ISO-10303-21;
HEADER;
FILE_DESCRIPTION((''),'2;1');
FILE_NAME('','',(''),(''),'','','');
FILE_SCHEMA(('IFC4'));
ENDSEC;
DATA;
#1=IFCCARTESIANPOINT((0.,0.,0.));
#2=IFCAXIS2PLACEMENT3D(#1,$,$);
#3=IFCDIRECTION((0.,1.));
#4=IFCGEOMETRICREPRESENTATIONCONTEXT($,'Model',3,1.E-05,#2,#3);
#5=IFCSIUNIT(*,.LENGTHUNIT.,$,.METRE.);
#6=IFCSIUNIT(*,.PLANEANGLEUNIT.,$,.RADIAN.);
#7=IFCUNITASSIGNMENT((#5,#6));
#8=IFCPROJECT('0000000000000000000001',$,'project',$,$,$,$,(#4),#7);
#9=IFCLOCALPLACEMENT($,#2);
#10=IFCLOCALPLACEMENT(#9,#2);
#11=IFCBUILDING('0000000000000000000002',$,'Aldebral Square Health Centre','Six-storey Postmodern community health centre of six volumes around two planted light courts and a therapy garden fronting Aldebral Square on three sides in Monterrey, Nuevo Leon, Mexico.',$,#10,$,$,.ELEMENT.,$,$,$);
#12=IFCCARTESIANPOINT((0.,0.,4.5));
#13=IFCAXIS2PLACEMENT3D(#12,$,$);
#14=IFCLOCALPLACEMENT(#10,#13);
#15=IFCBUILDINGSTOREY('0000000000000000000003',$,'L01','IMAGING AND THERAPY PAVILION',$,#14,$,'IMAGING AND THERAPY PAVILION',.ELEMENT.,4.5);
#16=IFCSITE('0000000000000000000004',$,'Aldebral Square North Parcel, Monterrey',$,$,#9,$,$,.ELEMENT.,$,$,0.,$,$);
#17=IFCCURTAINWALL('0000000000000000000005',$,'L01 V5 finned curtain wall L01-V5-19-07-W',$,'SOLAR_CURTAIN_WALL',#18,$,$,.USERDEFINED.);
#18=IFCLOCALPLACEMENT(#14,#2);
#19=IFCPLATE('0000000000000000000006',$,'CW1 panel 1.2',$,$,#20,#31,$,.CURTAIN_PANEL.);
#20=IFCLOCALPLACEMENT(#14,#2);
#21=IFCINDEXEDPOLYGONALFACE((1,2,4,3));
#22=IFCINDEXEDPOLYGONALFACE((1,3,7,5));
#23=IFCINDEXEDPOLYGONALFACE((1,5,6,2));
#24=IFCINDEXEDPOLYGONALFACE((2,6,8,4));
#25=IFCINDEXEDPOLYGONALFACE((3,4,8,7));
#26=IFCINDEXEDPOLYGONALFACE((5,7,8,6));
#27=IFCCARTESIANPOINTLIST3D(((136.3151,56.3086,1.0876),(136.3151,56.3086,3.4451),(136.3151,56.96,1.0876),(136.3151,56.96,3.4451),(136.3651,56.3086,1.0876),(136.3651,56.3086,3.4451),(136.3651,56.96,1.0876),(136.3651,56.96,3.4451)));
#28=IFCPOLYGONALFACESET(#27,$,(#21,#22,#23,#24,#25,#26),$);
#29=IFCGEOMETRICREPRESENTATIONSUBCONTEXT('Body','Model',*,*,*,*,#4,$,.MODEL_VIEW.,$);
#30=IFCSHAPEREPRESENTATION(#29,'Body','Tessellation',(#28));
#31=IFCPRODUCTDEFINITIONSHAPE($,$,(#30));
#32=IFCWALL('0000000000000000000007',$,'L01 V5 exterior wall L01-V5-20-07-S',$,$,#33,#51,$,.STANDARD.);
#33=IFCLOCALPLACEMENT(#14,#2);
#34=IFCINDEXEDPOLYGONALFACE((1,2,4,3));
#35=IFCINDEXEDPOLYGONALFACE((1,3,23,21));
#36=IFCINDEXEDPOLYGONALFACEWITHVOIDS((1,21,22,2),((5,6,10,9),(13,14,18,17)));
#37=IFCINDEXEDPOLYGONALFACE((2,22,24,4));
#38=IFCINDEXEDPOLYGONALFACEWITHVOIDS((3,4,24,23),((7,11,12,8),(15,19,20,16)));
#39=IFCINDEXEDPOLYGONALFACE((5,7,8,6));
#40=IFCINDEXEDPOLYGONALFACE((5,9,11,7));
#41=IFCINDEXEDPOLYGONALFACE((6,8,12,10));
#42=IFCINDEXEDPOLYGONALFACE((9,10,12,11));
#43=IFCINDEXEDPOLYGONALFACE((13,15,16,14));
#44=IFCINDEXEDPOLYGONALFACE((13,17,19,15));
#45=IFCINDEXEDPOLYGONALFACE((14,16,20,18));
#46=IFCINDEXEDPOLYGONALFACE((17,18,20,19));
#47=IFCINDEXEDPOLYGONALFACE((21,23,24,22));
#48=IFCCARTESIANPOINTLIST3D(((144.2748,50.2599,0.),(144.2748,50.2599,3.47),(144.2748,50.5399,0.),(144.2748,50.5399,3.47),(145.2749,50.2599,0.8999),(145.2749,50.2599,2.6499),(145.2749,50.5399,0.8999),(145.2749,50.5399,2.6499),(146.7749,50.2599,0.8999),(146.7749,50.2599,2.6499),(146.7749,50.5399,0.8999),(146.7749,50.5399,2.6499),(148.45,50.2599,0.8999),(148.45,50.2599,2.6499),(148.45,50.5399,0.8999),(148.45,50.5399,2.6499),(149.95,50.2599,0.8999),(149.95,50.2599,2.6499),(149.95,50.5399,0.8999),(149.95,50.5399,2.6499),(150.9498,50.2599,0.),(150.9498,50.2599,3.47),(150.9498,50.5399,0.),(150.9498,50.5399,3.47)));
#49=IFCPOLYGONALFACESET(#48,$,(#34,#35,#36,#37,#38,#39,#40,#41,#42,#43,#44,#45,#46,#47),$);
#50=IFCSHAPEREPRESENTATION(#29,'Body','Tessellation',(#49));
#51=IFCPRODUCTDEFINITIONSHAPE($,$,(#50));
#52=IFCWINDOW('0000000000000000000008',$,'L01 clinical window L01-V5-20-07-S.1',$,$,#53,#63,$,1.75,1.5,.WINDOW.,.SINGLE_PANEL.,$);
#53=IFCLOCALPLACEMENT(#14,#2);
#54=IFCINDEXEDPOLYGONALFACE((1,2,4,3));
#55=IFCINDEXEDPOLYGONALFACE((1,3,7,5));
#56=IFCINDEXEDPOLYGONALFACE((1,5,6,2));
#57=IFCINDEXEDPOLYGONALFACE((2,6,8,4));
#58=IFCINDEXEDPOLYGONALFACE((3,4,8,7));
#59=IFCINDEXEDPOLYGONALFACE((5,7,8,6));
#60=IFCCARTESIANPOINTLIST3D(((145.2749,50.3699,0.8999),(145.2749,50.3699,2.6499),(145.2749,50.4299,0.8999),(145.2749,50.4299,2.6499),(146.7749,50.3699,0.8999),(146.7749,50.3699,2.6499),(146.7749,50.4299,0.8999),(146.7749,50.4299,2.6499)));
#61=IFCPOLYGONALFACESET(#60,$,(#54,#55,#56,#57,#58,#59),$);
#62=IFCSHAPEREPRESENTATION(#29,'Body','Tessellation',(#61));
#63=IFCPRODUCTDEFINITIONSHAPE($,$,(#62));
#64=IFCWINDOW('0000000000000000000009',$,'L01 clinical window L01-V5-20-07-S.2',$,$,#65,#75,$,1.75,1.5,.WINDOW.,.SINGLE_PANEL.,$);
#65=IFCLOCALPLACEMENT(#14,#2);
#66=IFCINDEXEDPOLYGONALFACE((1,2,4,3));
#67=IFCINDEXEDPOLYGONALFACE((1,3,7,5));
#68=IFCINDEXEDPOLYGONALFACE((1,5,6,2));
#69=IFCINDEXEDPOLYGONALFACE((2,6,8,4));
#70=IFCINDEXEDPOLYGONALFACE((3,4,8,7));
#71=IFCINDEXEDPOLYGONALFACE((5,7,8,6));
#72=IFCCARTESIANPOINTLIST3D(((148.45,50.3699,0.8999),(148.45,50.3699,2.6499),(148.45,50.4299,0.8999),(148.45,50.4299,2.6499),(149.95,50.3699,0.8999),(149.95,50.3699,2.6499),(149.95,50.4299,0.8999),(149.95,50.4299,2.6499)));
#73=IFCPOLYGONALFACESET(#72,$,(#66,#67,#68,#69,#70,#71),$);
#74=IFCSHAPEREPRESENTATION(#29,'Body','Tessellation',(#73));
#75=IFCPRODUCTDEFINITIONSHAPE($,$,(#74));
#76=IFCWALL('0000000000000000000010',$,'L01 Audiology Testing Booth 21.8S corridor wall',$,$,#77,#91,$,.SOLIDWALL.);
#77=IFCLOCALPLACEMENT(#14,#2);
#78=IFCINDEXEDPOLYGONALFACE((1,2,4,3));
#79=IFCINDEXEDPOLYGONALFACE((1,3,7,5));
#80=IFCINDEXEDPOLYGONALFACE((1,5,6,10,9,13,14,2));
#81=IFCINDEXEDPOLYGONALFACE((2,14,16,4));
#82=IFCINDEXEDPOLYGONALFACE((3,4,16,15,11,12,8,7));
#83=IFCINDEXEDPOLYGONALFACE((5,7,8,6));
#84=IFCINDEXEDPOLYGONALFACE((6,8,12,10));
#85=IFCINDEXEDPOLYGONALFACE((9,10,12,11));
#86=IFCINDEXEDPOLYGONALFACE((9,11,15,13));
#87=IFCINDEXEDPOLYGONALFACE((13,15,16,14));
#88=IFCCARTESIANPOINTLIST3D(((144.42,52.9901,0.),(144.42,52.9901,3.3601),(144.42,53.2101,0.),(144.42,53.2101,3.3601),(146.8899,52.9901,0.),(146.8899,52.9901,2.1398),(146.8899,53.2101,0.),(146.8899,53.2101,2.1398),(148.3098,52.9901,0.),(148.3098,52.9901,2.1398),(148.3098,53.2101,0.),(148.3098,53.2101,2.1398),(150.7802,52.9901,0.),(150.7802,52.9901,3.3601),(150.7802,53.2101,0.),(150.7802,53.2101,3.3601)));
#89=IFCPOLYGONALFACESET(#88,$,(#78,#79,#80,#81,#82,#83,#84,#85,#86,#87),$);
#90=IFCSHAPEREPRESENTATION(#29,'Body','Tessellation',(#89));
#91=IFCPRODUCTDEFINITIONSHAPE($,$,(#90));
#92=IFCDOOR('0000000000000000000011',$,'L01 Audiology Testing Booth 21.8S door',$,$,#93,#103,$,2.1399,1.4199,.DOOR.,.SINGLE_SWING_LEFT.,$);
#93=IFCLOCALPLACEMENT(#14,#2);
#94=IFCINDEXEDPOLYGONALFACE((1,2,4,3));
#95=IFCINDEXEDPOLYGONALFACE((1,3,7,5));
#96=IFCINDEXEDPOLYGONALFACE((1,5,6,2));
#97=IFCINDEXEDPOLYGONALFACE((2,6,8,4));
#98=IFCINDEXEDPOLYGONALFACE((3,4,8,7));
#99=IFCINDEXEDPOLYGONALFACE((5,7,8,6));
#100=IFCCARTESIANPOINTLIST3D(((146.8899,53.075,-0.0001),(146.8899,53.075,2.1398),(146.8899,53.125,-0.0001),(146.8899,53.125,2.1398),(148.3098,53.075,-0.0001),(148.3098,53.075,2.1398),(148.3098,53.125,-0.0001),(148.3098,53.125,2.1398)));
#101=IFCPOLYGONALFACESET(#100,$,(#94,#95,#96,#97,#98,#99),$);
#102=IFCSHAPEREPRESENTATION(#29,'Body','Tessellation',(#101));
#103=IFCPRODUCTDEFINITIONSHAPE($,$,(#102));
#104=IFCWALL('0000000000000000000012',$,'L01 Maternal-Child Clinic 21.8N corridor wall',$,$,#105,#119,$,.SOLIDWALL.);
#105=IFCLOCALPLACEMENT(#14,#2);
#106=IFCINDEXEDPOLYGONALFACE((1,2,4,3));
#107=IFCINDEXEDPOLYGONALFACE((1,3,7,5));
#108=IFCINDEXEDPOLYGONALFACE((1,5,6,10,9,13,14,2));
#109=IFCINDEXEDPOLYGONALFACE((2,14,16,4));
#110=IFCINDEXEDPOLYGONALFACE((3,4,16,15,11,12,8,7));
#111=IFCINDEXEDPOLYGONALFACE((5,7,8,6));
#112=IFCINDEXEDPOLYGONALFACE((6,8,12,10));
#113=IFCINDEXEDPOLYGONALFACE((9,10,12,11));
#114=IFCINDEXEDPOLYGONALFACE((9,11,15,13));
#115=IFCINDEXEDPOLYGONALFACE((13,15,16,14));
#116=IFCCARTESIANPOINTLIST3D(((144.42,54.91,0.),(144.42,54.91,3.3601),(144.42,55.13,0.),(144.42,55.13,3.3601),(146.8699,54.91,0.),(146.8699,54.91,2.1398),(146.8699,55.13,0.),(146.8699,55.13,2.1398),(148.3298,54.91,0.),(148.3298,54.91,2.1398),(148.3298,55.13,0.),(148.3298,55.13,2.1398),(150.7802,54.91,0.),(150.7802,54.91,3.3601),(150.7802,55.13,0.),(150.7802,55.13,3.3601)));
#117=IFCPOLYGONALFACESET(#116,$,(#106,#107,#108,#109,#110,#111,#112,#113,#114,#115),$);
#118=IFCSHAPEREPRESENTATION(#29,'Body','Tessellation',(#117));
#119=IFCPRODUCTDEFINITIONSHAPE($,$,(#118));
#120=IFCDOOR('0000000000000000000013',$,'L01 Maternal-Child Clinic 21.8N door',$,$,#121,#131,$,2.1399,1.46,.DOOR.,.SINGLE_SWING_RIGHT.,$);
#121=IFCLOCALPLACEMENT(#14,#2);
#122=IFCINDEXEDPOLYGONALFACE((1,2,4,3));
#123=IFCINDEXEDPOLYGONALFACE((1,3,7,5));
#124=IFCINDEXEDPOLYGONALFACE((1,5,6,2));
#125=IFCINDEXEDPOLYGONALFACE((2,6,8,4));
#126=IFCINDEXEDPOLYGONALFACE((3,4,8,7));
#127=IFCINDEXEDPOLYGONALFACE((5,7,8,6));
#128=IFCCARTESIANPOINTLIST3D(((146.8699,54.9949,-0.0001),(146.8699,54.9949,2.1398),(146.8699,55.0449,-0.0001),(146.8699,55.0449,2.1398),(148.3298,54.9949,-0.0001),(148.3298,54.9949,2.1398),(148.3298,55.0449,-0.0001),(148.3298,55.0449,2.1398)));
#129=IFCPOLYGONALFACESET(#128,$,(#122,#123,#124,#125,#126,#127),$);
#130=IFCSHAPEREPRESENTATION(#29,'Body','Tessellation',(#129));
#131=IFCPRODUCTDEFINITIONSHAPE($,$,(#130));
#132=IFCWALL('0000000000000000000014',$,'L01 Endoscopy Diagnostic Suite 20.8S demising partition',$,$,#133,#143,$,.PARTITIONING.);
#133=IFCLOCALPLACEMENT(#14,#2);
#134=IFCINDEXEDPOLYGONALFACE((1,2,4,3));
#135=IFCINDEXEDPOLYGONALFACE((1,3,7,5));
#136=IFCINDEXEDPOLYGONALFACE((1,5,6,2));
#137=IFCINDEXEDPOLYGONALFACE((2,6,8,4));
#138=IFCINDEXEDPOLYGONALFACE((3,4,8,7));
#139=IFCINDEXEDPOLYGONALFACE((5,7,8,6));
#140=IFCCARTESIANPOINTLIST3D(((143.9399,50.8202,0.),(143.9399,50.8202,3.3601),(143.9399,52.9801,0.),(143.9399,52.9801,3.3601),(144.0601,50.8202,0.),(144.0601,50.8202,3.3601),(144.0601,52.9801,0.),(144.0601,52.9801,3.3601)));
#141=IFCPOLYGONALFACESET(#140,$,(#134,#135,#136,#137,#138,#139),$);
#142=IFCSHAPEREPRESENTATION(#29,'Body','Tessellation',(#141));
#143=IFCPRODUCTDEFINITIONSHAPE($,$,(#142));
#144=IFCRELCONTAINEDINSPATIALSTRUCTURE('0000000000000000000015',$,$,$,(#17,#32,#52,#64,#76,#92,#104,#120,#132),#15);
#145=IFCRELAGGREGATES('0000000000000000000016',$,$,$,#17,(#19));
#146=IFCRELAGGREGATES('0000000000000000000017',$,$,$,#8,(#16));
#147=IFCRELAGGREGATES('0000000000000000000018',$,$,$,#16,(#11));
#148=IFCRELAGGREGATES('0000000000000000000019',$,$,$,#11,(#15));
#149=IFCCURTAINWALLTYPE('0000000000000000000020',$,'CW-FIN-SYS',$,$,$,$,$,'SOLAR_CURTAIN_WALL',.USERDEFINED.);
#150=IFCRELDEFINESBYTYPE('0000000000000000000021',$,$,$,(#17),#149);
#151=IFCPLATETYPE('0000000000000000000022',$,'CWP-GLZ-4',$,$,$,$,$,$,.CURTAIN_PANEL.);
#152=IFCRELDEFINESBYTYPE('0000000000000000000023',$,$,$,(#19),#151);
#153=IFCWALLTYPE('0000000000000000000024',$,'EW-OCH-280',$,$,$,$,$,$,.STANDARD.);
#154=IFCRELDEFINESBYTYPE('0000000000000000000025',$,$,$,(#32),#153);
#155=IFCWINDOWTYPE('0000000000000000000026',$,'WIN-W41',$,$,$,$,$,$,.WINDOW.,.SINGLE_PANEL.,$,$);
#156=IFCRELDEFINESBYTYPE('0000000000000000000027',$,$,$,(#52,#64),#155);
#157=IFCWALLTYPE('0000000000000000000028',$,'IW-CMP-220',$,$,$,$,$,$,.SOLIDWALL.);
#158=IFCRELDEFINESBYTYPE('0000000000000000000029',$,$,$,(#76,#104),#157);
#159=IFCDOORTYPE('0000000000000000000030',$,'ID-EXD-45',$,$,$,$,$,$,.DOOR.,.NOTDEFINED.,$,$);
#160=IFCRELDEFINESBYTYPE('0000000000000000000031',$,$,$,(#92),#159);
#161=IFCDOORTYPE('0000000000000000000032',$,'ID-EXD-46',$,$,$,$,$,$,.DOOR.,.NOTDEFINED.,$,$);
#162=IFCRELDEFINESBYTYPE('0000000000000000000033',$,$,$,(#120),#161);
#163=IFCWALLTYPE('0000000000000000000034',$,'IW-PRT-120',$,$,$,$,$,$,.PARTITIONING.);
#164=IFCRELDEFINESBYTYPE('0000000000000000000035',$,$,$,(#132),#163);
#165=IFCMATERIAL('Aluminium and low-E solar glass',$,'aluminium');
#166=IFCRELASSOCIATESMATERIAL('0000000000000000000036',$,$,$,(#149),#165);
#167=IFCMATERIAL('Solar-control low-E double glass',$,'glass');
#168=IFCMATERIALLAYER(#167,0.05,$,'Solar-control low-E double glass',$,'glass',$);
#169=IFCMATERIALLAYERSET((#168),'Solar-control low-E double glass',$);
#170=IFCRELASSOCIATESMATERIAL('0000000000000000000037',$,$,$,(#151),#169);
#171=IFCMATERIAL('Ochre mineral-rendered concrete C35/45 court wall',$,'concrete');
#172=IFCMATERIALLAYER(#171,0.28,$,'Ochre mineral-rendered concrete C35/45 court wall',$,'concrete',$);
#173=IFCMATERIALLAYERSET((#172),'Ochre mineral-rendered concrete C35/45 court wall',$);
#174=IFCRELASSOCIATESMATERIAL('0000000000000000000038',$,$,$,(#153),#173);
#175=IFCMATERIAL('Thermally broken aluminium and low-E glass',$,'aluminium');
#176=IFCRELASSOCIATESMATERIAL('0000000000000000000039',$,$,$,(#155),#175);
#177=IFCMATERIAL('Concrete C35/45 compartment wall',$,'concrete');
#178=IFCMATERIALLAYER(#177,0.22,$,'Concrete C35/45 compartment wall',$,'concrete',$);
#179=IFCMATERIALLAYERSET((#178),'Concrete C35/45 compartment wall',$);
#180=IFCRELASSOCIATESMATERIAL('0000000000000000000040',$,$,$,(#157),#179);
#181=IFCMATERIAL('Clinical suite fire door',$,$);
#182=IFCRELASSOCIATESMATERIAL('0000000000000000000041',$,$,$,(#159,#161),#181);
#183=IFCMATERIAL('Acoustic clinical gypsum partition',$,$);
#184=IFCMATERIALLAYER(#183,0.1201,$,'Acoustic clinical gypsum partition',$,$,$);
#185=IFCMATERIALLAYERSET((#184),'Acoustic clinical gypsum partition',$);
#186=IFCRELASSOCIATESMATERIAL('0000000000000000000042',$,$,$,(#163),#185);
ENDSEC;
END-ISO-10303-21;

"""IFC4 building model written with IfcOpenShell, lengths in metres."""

from ifc_helpers import new_model, si_unit, direction, frame, frame_2d, origin, origin_2d, place, context, subcontext, project, spatial, rectangle, extrude, material, layer, layer_set, type_object, element, fill, aggregate, save


model = new_model("IFC4")

# Units and contexts
model_context = context("Model", 3, precision=1e-05, world=origin(), true_north=direction((0.0, 1.0)))
body_context = subcontext(model_context, "Body", "Model", "MODEL_VIEW")
ifc_project = project(units=[si_unit("LENGTHUNIT", "METRE"), si_unit("PLANEANGLEUNIT", "RADIAN")], contexts=[model_context])

# Site, building, storey
site_placement = place(None, origin())
site = spatial("IfcSite", under=ifc_project, at=site_placement, Name="Aldebral Square North Parcel, Monterrey", CompositionType="ELEMENT", RefElevation=0.0)
building_placement = place(site_placement, origin())
building = spatial("IfcBuilding", under=site, at=building_placement, Name="Aldebral Square Health Centre", Description="Six-storey Postmodern community health centre of six volumes around two planted light courts and a therapy garden fronting Aldebral Square on three sides in Monterrey, Nuevo Leon, Mexico.", CompositionType="ELEMENT")
storey_placement = place(building_placement, frame((0.0, 0.0, 4.5)))
storey = spatial("IfcBuildingStorey", under=building, at=storey_placement, Name="L01", Description="IMAGING AND THERAPY PAVILION", LongName="IMAGING AND THERAPY PAVILION", CompositionType="ELEMENT", Elevation=4.5)

# Curtain wall, plate
ifc_material_1 = material(Name="Aluminium and low-E solar glass", Category="aluminium")
curtain_wall_type = type_object("IfcCurtainWallType", Name="CW-FIN-SYS", ElementType="SOLAR_CURTAIN_WALL", PredefinedType="USERDEFINED", material=ifc_material_1)
curtain_wall_placement = place(storey_placement, origin())
curtain_wall = element("IfcCurtainWall", 1, at=curtain_wall_placement, inside=storey, type_object=curtain_wall_type, Name="L01 V5 finned curtain wall L01-V5-19-07-W", ObjectType="SOLAR_CURTAIN_WALL", PredefinedType="USERDEFINED")
ifc_material_2 = material(Name="Solar-control low-E double glass", Category="glass")
ifc_layer_1 = layer(ifc_material_2, 0.05, Name="Solar-control low-E double glass", Category="glass")
ifc_layer_set_1 = layer_set([ifc_layer_1], Name="Solar-control low-E double glass")
plate_type = type_object("IfcPlateType", Name="CWP-GLZ-4", PredefinedType="CURTAIN_PANEL", material=ifc_layer_set_1)
plate_1_placement = place(storey_placement, frame((136.3401, 56.6343, 1.0876), z_axis=(0.0, 0.0, 1.0), x_axis=(0.0, -1.0, 0.0)))
plate_1 = element("IfcPlate", 2, at=plate_1_placement, type_object=plate_type, Name="CW1 panel 1.2", PredefinedType="CURTAIN_PANEL", context=body_context, shape_type="SweptSolid", body=[
    extrude(rectangle(XDim=0.6514, YDim=0.05, at=origin_2d()), origin(), (0.0, 0.0, 1.0), 2.3574),
])
aggregate(curtain_wall, [plate_1])

# Wall, openings, windows
ifc_material_3 = material(Name="Ochre mineral-rendered concrete C35/45 court wall", Category="concrete")
ifc_layer_2 = layer(ifc_material_3, 0.28, Name="Ochre mineral-rendered concrete C35/45 court wall", Category="concrete")
ifc_layer_set_2 = layer_set([ifc_layer_2], Name="Ochre mineral-rendered concrete C35/45 court wall")
wall_type_1 = type_object("IfcWallType", Name="EW-OCH-280", PredefinedType="STANDARD", material=ifc_layer_set_2)
wall_1_placement = place(storey_placement, frame((144.2749, 50.3999, 0.0), z_axis=(0.0, 0.0, 1.0), x_axis=(1.0, 0.0, 0.0)))
wall_1 = element("IfcWall", 3, at=wall_1_placement, inside=storey, type_object=wall_type_1, Name="L01 V5 exterior wall L01-V5-20-07-S", PredefinedType="STANDARD", context=body_context, shape_type="SweptSolid", body=[
    extrude(rectangle(XDim=6.675, YDim=0.28, at=frame_2d((3.3374, 0.0))), origin(), (0.0, 0.0, 1.0), 3.47),
])
opening_1_placement = place(wall_1_placement, frame((1.0, 0.0, 0.8999)))
opening_1 = element("IfcOpeningElement", 4, at=opening_1_placement, cuts=wall_1, PredefinedType="OPENING", context=body_context, shape_type="SweptSolid", body=[
    extrude(rectangle(XDim=1.5, YDim=1.75, at=frame_2d((0.75, 0.875))), frame((0.0, 0.1499, 0.0), z_axis=(0.0, -1.0, 0.0), x_axis=(1.0, 0.0, 0.0)), (0.0, 0.0, 1.0), 0.3),
])
opening_2_placement = place(wall_1_placement, frame((4.175, 0.0, 0.8999)))
opening_2 = element("IfcOpeningElement", 5, at=opening_2_placement, cuts=wall_1, PredefinedType="OPENING", context=body_context, shape_type="SweptSolid", body=[
    extrude(rectangle(XDim=1.5, YDim=1.75, at=frame_2d((0.75, 0.875))), frame((0.0, 0.1499, 0.0), z_axis=(0.0, -1.0, 0.0), x_axis=(1.0, 0.0, 0.0)), (0.0, 0.0, 1.0), 0.3),
])
ifc_material_4 = material(Name="Thermally broken aluminium and low-E glass", Category="aluminium")
window_type = type_object("IfcWindowType", Name="WIN-W41", PartitioningType="SINGLE_PANEL", PredefinedType="WINDOW", material=ifc_material_4)
window_1_placement = place(opening_1_placement, origin())
window_1 = element("IfcWindow", 6, at=window_1_placement, inside=storey, type_object=window_type, Name="L01 clinical window L01-V5-20-07-S.1", OverallHeight=1.75, OverallWidth=1.5, PartitioningType="SINGLE_PANEL", PredefinedType="WINDOW", context=body_context, shape_type="SweptSolid", body=[
    extrude(rectangle(XDim=1.5, YDim=1.75, at=frame_2d((0.75, 0.875))), frame((0.0, 0.03, 0.0), z_axis=(0.0, -1.0, 0.0), x_axis=(1.0, 0.0, 0.0)), (0.0, 0.0, 1.0), 0.0601),
])
fill(opening_1, window_1)
window_2_placement = place(opening_2_placement, origin())
window_2 = element("IfcWindow", 7, at=window_2_placement, inside=storey, type_object=window_type, Name="L01 clinical window L01-V5-20-07-S.2", OverallHeight=1.75, OverallWidth=1.5, PartitioningType="SINGLE_PANEL", PredefinedType="WINDOW", context=body_context, shape_type="SweptSolid", body=[
    extrude(rectangle(XDim=1.5, YDim=1.75, at=frame_2d((0.75, 0.875))), frame((0.0, 0.03, 0.0), z_axis=(0.0, -1.0, 0.0), x_axis=(1.0, 0.0, 0.0)), (0.0, 0.0, 1.0), 0.0601),
])
fill(opening_2, window_2)

# Walls, openings, doors
ifc_material_5 = material(Name="Concrete C35/45 compartment wall", Category="concrete")
ifc_layer_3 = layer(ifc_material_5, 0.22, Name="Concrete C35/45 compartment wall", Category="concrete")
ifc_layer_set_3 = layer_set([ifc_layer_3], Name="Concrete C35/45 compartment wall")
wall_type_2 = type_object("IfcWallType", Name="IW-CMP-220", PredefinedType="SOLIDWALL", material=ifc_layer_set_3)
wall_2_placement = place(storey_placement, frame((144.4199, 53.1001, 0.0), z_axis=(0.0, 0.0, 1.0), x_axis=(1.0, 0.0, 0.0)))
wall_2 = element("IfcWall", 8, at=wall_2_placement, inside=storey, type_object=wall_type_2, Name="L01 Audiology Testing Booth 21.8S corridor wall", PredefinedType="SOLIDWALL", context=body_context, shape_type="SweptSolid", body=[
    extrude(rectangle(XDim=6.3601, YDim=0.22, at=frame_2d((3.1802, 0.0))), origin(), (0.0, 0.0, 1.0), 3.3601),
])
opening_3_placement = place(wall_2_placement, frame((2.47, 0.0, 0.0)))
opening_3 = element("IfcOpeningElement", 9, at=opening_3_placement, cuts=wall_2, PredefinedType="OPENING", context=body_context, shape_type="SweptSolid", body=[
    extrude(rectangle(XDim=1.4199, YDim=2.1399, at=frame_2d((0.71, 1.0698))), frame((0.0, 0.1201, 0.0), z_axis=(0.0, -1.0, 0.0), x_axis=(1.0, 0.0, 0.0)), (0.0, 0.0, 1.0), 0.24),
])
ifc_material_6 = material(Name="Clinical suite fire door")
door_type_1 = type_object("IfcDoorType", Name="ID-EXD-45", OperationType="NOTDEFINED", PredefinedType="DOOR", material=ifc_material_6)
door_1_placement = place(opening_3_placement, origin())
door_1 = element("IfcDoor", 10, at=door_1_placement, inside=storey, type_object=door_type_1, Name="L01 Audiology Testing Booth 21.8S door", OperationType="SINGLE_SWING_LEFT", OverallHeight=2.1399, OverallWidth=1.4199, PredefinedType="DOOR", context=body_context, shape_type="SweptSolid", body=[
    extrude(rectangle(XDim=1.4199, YDim=2.1399, at=frame_2d((0.71, 1.0698))), frame((0.0, 0.0249, 0.0), z_axis=(0.0, -1.0, 0.0), x_axis=(1.0, 0.0, 0.0)), (0.0, 0.0, 1.0), 0.05),
])
fill(opening_3, door_1)
wall_3_placement = place(storey_placement, frame((144.4199, 55.02, 0.0), z_axis=(0.0, 0.0, 1.0), x_axis=(1.0, 0.0, 0.0)))
wall_3 = element("IfcWall", 11, at=wall_3_placement, inside=storey, type_object=wall_type_2, Name="L01 Maternal-Child Clinic 21.8N corridor wall", PredefinedType="SOLIDWALL", context=body_context, shape_type="SweptSolid", body=[
    extrude(rectangle(XDim=6.3601, YDim=0.22, at=frame_2d((3.1802, 0.0))), origin(), (0.0, 0.0, 1.0), 3.3601),
])
opening_4_placement = place(wall_3_placement, frame((2.45, 0.0, 0.0)))
opening_4 = element("IfcOpeningElement", 12, at=opening_4_placement, cuts=wall_3, PredefinedType="OPENING", context=body_context, shape_type="SweptSolid", body=[
    extrude(rectangle(XDim=1.46, YDim=2.1399, at=frame_2d((0.73, 1.0698))), frame((0.0, 0.1201, 0.0), z_axis=(0.0, -1.0, 0.0), x_axis=(1.0, 0.0, 0.0)), (0.0, 0.0, 1.0), 0.24),
])
door_type_2 = type_object("IfcDoorType", Name="ID-EXD-46", OperationType="NOTDEFINED", PredefinedType="DOOR", material=ifc_material_6)
door_2_placement = place(opening_4_placement, origin())
door_2 = element("IfcDoor", 13, at=door_2_placement, inside=storey, type_object=door_type_2, Name="L01 Maternal-Child Clinic 21.8N door", OperationType="SINGLE_SWING_RIGHT", OverallHeight=2.1399, OverallWidth=1.46, PredefinedType="DOOR", context=body_context, shape_type="SweptSolid", body=[
    extrude(rectangle(XDim=1.46, YDim=2.1399, at=frame_2d((0.73, 1.0698))), frame((0.0, 0.0249, 0.0), z_axis=(0.0, -1.0, 0.0), x_axis=(1.0, 0.0, 0.0)), (0.0, 0.0, 1.0), 0.05),
])
fill(opening_4, door_2)

# Wall
ifc_material_7 = material(Name="Acoustic clinical gypsum partition")
ifc_layer_4 = layer(ifc_material_7, 0.1201, Name="Acoustic clinical gypsum partition")
ifc_layer_set_4 = layer_set([ifc_layer_4], Name="Acoustic clinical gypsum partition")
wall_type_3 = type_object("IfcWallType", Name="IW-PRT-120", PredefinedType="PARTITIONING", material=ifc_layer_set_4)
wall_4_placement = place(storey_placement, frame((144.0, 50.8201, 0.0), z_axis=(0.0, 0.0, 1.0), x_axis=(0.0, 1.0, 0.0)))
element("IfcWall", 14, at=wall_4_placement, inside=storey, type_object=wall_type_3, Name="L01 Endoscopy Diagnostic Suite 20.8S demising partition", PredefinedType="PARTITIONING", context=body_context, shape_type="SweptSolid", body=[
    extrude(rectangle(XDim=2.1599, YDim=0.1201, at=frame_2d((1.0801, 0.0))), origin(), (0.0, 0.0, 1.0), 3.3601),
])

save(model, "model.ifc")
